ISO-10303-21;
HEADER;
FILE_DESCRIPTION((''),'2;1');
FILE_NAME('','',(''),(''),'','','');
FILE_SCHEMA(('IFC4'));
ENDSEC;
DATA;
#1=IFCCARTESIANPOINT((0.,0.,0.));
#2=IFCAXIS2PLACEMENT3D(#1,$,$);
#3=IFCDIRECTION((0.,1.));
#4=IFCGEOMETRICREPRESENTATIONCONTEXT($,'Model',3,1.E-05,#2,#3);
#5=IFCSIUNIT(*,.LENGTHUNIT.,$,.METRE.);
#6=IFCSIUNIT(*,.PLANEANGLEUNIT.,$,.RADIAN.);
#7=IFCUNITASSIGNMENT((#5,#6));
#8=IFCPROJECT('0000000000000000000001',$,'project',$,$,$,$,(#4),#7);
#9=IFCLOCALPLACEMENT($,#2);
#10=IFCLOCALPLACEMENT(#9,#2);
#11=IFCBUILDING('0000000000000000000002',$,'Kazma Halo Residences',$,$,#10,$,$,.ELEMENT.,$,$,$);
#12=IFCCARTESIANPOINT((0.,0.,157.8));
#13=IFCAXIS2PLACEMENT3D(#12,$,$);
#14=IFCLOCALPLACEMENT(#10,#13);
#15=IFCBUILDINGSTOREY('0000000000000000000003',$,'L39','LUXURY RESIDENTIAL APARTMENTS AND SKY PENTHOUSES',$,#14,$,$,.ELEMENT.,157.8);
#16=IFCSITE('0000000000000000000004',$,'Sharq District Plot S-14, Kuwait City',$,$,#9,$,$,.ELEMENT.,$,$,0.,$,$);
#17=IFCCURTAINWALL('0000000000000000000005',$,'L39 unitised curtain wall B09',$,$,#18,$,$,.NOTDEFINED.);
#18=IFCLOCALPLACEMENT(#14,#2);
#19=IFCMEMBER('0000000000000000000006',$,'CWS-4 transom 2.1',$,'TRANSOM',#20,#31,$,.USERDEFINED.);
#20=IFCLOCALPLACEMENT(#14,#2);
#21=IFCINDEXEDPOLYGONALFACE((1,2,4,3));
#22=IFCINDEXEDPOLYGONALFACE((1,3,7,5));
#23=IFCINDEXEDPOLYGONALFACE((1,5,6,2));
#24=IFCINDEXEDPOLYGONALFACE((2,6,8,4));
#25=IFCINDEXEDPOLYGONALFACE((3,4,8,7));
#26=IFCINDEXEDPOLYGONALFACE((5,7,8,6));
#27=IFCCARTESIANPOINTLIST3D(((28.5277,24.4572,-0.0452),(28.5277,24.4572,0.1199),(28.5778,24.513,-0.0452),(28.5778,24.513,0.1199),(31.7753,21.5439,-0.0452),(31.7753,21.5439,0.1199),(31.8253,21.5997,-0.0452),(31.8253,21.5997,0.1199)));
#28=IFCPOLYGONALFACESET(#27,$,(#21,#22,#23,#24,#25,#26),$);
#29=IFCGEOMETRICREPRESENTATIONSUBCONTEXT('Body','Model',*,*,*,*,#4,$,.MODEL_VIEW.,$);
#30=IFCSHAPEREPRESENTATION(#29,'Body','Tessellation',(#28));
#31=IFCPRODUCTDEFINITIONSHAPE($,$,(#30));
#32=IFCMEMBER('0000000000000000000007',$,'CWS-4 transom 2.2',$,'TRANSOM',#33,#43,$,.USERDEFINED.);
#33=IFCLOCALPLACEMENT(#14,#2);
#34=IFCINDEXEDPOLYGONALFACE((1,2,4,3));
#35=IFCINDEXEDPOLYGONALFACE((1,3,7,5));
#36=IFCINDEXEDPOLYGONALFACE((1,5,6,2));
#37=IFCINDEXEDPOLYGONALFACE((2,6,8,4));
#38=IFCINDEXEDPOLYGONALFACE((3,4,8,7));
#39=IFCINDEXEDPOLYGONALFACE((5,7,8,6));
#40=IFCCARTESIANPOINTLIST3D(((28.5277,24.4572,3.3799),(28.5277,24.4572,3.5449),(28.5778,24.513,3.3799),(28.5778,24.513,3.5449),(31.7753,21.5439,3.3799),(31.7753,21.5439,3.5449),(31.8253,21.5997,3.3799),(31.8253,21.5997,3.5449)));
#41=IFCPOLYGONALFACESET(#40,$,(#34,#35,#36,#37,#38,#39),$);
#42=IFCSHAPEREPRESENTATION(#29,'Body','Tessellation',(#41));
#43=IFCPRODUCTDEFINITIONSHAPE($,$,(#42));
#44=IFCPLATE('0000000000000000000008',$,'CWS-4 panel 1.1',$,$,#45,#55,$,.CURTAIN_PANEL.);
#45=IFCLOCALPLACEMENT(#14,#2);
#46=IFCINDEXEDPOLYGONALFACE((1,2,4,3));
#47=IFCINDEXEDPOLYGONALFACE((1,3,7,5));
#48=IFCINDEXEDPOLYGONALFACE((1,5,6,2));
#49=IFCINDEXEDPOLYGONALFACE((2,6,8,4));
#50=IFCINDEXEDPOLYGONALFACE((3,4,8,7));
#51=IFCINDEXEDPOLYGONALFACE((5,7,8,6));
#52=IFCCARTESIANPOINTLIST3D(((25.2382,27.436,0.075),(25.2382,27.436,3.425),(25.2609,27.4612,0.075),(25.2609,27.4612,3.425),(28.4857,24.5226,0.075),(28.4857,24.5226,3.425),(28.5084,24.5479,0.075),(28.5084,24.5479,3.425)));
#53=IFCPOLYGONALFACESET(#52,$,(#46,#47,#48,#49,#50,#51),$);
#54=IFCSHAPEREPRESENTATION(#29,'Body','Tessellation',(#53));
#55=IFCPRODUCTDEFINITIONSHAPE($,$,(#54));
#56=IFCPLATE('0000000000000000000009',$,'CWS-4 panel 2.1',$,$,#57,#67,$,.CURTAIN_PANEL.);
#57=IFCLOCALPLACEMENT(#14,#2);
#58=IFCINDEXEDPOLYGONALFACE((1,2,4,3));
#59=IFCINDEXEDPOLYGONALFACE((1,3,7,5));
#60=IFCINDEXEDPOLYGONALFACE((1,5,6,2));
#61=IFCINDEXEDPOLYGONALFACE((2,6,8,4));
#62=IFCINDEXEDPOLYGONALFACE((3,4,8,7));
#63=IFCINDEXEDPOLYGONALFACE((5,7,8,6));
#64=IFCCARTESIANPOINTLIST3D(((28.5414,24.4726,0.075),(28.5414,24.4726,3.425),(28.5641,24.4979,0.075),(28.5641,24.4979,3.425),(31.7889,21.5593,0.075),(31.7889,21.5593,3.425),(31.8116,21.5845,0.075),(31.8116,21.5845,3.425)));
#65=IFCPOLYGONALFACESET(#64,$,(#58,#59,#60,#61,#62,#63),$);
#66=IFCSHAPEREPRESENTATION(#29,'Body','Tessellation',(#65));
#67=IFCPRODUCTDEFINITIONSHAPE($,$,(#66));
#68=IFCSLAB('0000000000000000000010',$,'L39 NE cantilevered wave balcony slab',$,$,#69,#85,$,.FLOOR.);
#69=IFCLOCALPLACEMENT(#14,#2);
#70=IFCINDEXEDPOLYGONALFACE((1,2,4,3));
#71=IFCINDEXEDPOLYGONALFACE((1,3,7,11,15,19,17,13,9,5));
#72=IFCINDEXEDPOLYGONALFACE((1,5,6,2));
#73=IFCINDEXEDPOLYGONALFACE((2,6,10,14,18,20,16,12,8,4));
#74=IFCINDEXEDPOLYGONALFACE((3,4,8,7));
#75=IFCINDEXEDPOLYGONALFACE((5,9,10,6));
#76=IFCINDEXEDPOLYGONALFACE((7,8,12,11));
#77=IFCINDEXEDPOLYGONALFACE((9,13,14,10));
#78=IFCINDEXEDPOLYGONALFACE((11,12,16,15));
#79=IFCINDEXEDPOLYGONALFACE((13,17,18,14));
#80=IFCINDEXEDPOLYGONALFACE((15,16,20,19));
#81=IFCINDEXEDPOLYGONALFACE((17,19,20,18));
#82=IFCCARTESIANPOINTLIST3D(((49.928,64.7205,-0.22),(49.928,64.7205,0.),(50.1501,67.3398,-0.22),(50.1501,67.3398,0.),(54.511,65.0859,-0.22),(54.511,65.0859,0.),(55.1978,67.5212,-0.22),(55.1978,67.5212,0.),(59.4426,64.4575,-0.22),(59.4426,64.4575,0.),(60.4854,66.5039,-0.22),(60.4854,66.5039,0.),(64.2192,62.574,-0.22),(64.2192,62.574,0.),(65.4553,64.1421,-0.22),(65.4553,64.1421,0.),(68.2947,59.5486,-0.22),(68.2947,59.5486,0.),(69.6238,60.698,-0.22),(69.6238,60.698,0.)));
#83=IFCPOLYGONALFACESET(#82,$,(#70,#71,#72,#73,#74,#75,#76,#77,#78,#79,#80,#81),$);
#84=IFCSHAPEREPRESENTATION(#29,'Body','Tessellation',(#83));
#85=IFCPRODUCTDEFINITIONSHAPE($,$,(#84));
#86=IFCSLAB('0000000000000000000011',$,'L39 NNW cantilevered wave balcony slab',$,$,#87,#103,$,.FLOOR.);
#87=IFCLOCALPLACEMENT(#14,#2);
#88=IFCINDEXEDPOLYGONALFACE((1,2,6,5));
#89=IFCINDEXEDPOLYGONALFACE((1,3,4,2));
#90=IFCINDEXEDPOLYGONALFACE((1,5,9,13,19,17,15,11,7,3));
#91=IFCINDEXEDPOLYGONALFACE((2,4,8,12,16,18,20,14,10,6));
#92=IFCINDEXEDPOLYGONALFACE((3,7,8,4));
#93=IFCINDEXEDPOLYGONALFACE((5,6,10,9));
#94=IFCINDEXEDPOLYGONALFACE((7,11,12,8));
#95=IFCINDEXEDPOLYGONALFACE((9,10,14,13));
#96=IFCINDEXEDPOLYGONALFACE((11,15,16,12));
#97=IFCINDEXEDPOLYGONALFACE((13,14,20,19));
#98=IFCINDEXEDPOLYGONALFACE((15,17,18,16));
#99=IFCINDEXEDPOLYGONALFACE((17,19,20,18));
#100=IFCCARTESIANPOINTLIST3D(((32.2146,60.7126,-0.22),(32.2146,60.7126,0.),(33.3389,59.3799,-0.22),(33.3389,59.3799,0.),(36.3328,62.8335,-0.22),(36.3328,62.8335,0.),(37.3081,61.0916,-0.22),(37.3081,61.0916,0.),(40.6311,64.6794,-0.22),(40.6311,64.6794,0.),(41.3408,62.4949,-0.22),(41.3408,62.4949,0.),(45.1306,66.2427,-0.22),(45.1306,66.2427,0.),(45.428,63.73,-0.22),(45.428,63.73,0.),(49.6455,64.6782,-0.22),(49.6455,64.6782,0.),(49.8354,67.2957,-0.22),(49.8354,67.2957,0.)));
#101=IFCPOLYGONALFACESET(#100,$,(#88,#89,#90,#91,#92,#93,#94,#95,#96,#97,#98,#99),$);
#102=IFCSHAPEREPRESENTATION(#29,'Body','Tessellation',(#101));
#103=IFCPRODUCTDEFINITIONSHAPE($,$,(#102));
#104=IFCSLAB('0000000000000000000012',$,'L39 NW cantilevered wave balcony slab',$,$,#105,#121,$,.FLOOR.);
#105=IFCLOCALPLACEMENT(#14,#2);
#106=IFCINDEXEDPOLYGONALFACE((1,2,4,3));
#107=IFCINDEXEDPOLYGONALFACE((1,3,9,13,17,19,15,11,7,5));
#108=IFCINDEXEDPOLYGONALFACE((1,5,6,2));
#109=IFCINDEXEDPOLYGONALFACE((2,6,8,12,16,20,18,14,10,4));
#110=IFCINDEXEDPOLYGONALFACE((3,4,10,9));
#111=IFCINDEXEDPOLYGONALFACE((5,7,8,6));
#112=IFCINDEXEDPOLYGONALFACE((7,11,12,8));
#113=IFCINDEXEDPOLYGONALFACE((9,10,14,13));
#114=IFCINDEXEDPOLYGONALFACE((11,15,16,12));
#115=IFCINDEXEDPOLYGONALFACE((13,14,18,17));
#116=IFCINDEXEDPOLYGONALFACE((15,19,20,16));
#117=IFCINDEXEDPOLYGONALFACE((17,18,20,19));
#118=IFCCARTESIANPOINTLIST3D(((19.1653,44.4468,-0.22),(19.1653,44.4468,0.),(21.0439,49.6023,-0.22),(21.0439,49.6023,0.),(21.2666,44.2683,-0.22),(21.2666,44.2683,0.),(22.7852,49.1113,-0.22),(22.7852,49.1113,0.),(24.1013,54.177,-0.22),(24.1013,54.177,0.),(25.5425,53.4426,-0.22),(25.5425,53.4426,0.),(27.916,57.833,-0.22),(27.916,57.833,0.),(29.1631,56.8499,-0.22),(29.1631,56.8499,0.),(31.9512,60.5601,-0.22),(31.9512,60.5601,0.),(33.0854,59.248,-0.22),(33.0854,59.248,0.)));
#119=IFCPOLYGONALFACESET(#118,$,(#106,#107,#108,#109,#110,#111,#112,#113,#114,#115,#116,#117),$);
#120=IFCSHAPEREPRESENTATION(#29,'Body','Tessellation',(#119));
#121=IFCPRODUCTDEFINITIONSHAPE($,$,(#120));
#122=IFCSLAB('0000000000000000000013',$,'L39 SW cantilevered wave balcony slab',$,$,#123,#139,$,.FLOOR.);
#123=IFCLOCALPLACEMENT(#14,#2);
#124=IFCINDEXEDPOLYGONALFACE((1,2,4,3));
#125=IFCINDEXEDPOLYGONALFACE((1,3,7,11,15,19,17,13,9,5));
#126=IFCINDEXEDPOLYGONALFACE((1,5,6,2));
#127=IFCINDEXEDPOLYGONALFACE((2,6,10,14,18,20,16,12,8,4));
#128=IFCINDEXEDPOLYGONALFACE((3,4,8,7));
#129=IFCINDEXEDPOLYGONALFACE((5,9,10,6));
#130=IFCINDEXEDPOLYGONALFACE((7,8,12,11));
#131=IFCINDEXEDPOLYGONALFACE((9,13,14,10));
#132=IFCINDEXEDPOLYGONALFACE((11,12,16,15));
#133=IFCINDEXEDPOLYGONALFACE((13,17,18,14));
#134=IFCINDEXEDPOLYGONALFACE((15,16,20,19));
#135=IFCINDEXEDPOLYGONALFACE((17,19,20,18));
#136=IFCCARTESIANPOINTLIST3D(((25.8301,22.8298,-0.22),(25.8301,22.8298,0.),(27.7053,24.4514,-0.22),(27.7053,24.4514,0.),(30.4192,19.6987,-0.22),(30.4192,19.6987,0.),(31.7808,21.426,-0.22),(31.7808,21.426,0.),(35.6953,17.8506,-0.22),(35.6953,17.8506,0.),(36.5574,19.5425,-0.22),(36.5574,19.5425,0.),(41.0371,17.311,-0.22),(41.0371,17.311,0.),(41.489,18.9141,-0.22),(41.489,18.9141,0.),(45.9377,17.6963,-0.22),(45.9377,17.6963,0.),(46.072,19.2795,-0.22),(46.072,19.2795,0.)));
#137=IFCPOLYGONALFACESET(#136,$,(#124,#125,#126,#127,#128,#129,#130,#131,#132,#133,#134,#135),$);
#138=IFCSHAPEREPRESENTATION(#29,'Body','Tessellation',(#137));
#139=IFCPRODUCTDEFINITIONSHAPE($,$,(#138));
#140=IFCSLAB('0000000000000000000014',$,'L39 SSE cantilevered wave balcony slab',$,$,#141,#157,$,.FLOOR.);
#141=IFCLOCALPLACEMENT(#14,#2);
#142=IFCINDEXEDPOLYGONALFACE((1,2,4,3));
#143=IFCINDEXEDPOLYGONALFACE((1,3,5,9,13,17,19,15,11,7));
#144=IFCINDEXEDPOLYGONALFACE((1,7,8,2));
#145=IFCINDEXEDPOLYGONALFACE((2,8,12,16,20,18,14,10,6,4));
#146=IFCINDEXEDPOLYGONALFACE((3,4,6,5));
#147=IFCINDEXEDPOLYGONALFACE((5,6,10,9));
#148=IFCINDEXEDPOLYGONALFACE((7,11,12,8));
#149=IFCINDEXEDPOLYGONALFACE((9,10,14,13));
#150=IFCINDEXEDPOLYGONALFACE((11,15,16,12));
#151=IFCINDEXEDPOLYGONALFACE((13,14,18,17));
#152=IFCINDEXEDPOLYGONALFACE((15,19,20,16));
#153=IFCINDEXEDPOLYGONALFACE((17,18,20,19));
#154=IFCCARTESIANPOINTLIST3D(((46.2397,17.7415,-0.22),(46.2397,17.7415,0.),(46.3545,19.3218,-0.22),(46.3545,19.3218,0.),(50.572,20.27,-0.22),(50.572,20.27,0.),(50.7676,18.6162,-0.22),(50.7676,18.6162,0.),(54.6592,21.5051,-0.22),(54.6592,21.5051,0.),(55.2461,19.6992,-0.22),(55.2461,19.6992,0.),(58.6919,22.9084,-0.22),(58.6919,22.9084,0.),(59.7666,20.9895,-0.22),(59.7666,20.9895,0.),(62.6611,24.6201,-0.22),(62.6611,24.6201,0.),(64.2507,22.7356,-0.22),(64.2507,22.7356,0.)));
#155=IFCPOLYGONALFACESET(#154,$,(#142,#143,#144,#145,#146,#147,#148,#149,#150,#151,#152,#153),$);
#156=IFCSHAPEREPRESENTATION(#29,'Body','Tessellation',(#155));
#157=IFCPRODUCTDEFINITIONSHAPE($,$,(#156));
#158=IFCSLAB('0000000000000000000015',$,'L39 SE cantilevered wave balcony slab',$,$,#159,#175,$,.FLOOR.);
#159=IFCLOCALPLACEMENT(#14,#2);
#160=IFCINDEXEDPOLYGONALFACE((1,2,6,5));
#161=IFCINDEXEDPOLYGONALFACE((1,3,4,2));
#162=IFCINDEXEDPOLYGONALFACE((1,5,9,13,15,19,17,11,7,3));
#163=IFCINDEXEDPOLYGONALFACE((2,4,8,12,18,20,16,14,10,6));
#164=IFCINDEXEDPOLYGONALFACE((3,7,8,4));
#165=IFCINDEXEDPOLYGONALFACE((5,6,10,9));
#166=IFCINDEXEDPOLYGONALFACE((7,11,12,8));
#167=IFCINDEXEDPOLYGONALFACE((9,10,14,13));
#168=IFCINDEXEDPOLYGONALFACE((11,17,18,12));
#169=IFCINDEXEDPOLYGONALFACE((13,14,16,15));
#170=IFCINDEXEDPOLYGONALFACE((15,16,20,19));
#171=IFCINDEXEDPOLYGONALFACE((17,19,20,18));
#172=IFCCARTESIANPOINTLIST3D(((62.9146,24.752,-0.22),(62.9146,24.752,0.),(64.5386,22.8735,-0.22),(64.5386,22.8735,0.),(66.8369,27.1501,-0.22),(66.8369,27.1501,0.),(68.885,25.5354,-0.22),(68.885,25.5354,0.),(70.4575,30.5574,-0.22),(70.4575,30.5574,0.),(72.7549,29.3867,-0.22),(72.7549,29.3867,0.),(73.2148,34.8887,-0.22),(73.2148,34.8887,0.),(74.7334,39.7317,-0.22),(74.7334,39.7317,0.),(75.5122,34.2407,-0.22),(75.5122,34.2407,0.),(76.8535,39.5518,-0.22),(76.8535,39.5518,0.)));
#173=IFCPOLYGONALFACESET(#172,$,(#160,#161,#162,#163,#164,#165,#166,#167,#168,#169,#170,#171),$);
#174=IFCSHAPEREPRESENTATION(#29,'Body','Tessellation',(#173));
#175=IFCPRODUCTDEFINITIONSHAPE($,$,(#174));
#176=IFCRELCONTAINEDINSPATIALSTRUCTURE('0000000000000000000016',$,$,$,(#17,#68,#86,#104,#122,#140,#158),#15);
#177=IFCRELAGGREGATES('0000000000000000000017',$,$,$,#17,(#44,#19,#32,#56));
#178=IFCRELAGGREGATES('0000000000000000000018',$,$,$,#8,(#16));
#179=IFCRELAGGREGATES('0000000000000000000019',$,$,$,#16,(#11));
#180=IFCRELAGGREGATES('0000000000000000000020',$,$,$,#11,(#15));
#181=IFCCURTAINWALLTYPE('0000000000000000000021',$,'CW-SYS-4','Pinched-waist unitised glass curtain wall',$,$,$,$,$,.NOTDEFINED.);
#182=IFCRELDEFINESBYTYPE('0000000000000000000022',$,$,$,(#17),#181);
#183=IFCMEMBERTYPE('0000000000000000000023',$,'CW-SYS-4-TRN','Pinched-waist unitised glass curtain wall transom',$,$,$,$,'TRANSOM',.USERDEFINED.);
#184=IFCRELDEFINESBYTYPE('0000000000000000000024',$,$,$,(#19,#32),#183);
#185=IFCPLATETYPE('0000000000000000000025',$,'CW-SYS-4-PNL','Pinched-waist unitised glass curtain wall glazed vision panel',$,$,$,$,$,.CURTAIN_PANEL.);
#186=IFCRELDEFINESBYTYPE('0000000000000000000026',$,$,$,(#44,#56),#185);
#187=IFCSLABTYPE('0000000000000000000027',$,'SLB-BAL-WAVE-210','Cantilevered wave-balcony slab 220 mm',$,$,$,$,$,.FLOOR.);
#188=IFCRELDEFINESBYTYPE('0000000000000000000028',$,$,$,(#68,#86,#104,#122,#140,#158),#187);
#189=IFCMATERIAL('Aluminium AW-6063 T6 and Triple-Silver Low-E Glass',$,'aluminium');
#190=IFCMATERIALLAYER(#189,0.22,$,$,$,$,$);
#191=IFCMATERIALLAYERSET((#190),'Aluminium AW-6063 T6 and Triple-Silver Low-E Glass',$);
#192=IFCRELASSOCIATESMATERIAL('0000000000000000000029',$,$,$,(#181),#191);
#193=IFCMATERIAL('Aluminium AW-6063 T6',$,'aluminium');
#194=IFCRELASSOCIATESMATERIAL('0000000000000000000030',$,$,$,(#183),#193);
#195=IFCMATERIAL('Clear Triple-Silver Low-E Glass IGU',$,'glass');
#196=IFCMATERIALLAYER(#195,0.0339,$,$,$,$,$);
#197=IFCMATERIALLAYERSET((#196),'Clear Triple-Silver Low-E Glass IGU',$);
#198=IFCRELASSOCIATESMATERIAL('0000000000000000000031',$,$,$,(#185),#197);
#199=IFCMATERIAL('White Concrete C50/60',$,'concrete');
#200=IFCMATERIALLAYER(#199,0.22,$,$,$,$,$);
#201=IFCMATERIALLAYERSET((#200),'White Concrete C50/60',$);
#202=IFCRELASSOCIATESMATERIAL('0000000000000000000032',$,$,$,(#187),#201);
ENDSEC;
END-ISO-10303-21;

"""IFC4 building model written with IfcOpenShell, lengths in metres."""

from ifc_helpers import new_model, si_unit, direction, frame, origin, origin_2d, place, context, subcontext, project, spatial, polyline, rectangle, outline, extrude, material, layer, layer_set, material_profile, profile_set, type_object, element, aggregate, save


model = new_model("IFC4")

# Units and contexts
model_context = context("Model", 3, precision=1e-05, world=origin(), true_north=direction((0.0, 1.0)))
body_context = subcontext(model_context, "Body", "Model", "MODEL_VIEW")
ifc_project = project(units=[si_unit("LENGTHUNIT", "METRE"), si_unit("PLANEANGLEUNIT", "RADIAN")], contexts=[model_context])

# Site, building, storey
site_placement = place(None, origin())
site = spatial("IfcSite", under=ifc_project, at=site_placement, Name="Sharq District Plot S-14, Kuwait City", CompositionType="ELEMENT", RefElevation=0.0)
building_placement = place(site_placement, origin())
building = spatial("IfcBuilding", under=site, at=building_placement, Name="Kazma Halo Residences", CompositionType="ELEMENT")
storey_placement = place(building_placement, frame((0.0, 0.0, 157.8)))
storey = spatial("IfcBuildingStorey", under=building, at=storey_placement, Name="L39", Description="LUXURY RESIDENTIAL APARTMENTS AND SKY PENTHOUSES", CompositionType="ELEMENT", Elevation=157.8)

# Curtain wall, members, plates
ifc_material_1 = material(Name="Aluminium AW-6063 T6 and Triple-Silver Low-E Glass", Category="aluminium")
ifc_layer_1 = layer(ifc_material_1, 0.22)
ifc_layer_set_1 = layer_set([ifc_layer_1], Name="Aluminium AW-6063 T6 and Triple-Silver Low-E Glass")
curtain_wall_type = type_object("IfcCurtainWallType", Name="CW-SYS-4", Description="Pinched-waist unitised glass curtain wall", PredefinedType="NOTDEFINED", material=ifc_layer_set_1)
curtain_wall_placement = place(storey_placement, origin())
curtain_wall = element("IfcCurtainWall", 1, at=curtain_wall_placement, inside=storey, type_object=curtain_wall_type, Name="L39 unitised curtain wall B09", PredefinedType="NOTDEFINED")
ifc_material_2 = material(Name="Aluminium AW-6063 T6", Category="aluminium")
ifc_material_profile_1 = material_profile(ifc_material_2, rectangle(XDim=0.075, YDim=0.165, at=origin_2d()), Name="CWT-75x165")
ifc_profile_set_1 = profile_set([ifc_material_profile_1], Name="Aluminium AW-6063 T6")
member_type_1 = type_object("IfcMemberType", Name="CW-SYS-4-TRN", Description="Pinched-waist unitised glass curtain wall transom", ElementType="TRANSOM", PredefinedType="USERDEFINED", material=ifc_profile_set_1)
member_1_placement = place(storey_placement, frame((28.5527, 24.4851, 0.0374), z_axis=(0.744373, -0.667764, 0.0), x_axis=(0.667764, 0.744373, 0.0)))
member_1 = element("IfcMember", 2, at=member_1_placement, type_object=member_type_1, Name="CWS-4 transom 2.1", ObjectType="TRANSOM", PredefinedType="USERDEFINED", context=body_context, shape_type="SweptSolid", body=[
    extrude(rectangle(XDim=0.075, YDim=0.165, at=origin_2d()), origin(), (0.0, 0.0, 1.0), 4.3628),
])
member_2_placement = place(storey_placement, frame((28.5527, 24.4851, 3.4624), z_axis=(0.744373, -0.667764, 0.0), x_axis=(0.667764, 0.744373, 0.0)))
member_2 = element("IfcMember", 3, at=member_2_placement, type_object=member_type_1, Name="CWS-4 transom 2.2", ObjectType="TRANSOM", PredefinedType="USERDEFINED", context=body_context, shape_type="SweptSolid", body=[
    extrude(rectangle(XDim=0.075, YDim=0.165, at=origin_2d()), origin(), (0.0, 0.0, 1.0), 4.3628),
])
ifc_material_3 = material(Name="Clear Triple-Silver Low-E Glass IGU", Category="glass")
ifc_layer_2 = layer(ifc_material_3, 0.0339)
ifc_layer_set_2 = layer_set([ifc_layer_2], Name="Clear Triple-Silver Low-E Glass IGU")
plate_type = type_object("IfcPlateType", Name="CW-SYS-4-PNL", Description="Pinched-waist unitised glass curtain wall glazed vision panel", PredefinedType="CURTAIN_PANEL", material=ifc_layer_set_2)
plate_1_placement = place(storey_placement, frame((26.8733, 25.9919, 0.075), z_axis=(0.0, 0.0, 1.0), x_axis=(0.744368, -0.66777, 0.0)))
plate_1 = element("IfcPlate", 4, at=plate_1_placement, type_object=plate_type, Name="CWS-4 panel 1.1", PredefinedType="CURTAIN_PANEL", context=body_context, shape_type="SweptSolid", body=[
    extrude(rectangle(XDim=4.3628, YDim=0.0339, at=origin_2d()), origin(), (0.0, 0.0, 1.0), 3.3501),
])
plate_2_placement = place(storey_placement, frame((30.1765, 23.0286, 0.075), z_axis=(0.0, 0.0, 1.0), x_axis=(0.744368, -0.66777, 0.0)))
plate_2 = element("IfcPlate", 5, at=plate_2_placement, type_object=plate_type, Name="CWS-4 panel 2.1", PredefinedType="CURTAIN_PANEL", context=body_context, shape_type="SweptSolid", body=[
    extrude(rectangle(XDim=4.3628, YDim=0.0339, at=origin_2d()), origin(), (0.0, 0.0, 1.0), 3.3501),
])
aggregate(curtain_wall, [plate_1, member_1, member_2, plate_2])

# Slabs
ifc_material_4 = material(Name="White Concrete C50/60", Category="concrete")
ifc_layer_3 = layer(ifc_material_4, 0.22)
ifc_layer_set_3 = layer_set([ifc_layer_3], Name="White Concrete C50/60")
slab_type_1 = type_object("IfcSlabType", Name="SLB-BAL-WAVE-210", Description="Cantilevered wave-balcony slab 220 mm", PredefinedType="FLOOR", material=ifc_layer_set_3)
slab_1_placement = place(storey_placement, frame((0.0, 0.0, -0.22)))
element("IfcSlab", 6, at=slab_1_placement, inside=storey, type_object=slab_type_1, Name="L39 NE cantilevered wave balcony slab", PredefinedType="FLOOR", context=body_context, shape_type="SweptSolid", body=[
    extrude(outline(polyline([(68.2947, 59.5486), (64.2192, 62.574), (59.4426, 64.4575), (54.511, 65.0859), (49.928, 64.7205), (50.1501, 67.3398), (55.1978, 67.5212), (60.4854, 66.5039), (65.4553, 64.1421), (69.6238, 60.698), (68.2947, 59.5486)])), origin(), (0.0, 0.0, 1.0), 0.22),
])
slab_2_placement = place(storey_placement, frame((0.0, 0.0, -0.22)))
element("IfcSlab", 7, at=slab_2_placement, inside=storey, type_object=slab_type_1, Name="L39 NNW cantilevered wave balcony slab", PredefinedType="FLOOR", context=body_context, shape_type="SweptSolid", body=[
    extrude(outline(polyline([(49.6455, 64.6782), (45.428, 63.73), (41.3408, 62.4949), (37.3081, 61.0916), (33.3389, 59.3799), (32.2146, 60.7126), (36.3328, 62.8335), (40.6311, 64.6794), (45.1306, 66.2427), (49.8354, 67.2957), (49.6455, 64.6782)])), origin(), (0.0, 0.0, 1.0), 0.22),
])
slab_3_placement = place(storey_placement, frame((0.0, 0.0, -0.22)))
element("IfcSlab", 8, at=slab_3_placement, inside=storey, type_object=slab_type_1, Name="L39 NW cantilevered wave balcony slab", PredefinedType="FLOOR", context=body_context, shape_type="SweptSolid", body=[
    extrude(outline(polyline([(33.0854, 59.248), (29.1631, 56.8499), (25.5425, 53.4426), (22.7852, 49.1113), (21.2666, 44.2683), (19.1653, 44.4468), (21.0439, 49.6023), (24.1013, 54.177), (27.916, 57.833), (31.9512, 60.5601), (33.0854, 59.248)])), origin(), (0.0, 0.0, 1.0), 0.22),
])
slab_4_placement = place(storey_placement, frame((0.0, 0.0, -0.22)))
element("IfcSlab", 9, at=slab_4_placement, inside=storey, type_object=slab_type_1, Name="L39 SW cantilevered wave balcony slab", PredefinedType="FLOOR", context=body_context, shape_type="SweptSolid", body=[
    extrude(outline(polyline([(27.7053, 24.4514), (31.7808, 21.426), (36.5574, 19.5425), (41.489, 18.9141), (46.072, 19.2795), (45.9377, 17.6963), (41.0371, 17.311), (35.6953, 17.8506), (30.4192, 19.6987), (25.8301, 22.8298), (27.7053, 24.4514)])), origin(), (0.0, 0.0, 1.0), 0.22),
])
slab_5_placement = place(storey_placement, frame((0.0, 0.0, -0.22)))
element("IfcSlab", 10, at=slab_5_placement, inside=storey, type_object=slab_type_1, Name="L39 SSE cantilevered wave balcony slab", PredefinedType="FLOOR", context=body_context, shape_type="SweptSolid", body=[
    extrude(outline(polyline([(46.3545, 19.3218), (50.572, 20.27), (54.6592, 21.5051), (58.6919, 22.9084), (62.6611, 24.6201), (64.2507, 22.7356), (59.7666, 20.9895), (55.2461, 19.6992), (50.7676, 18.6162), (46.2397, 17.7415), (46.3545, 19.3218)])), origin(), (0.0, 0.0, 1.0), 0.22),
])
slab_6_placement = place(storey_placement, frame((0.0, 0.0, -0.22)))
element("IfcSlab", 11, at=slab_6_placement, inside=storey, type_object=slab_type_1, Name="L39 SE cantilevered wave balcony slab", PredefinedType="FLOOR", context=body_context, shape_type="SweptSolid", body=[
    extrude(outline(polyline([(62.9146, 24.752), (66.8369, 27.1501), (70.4575, 30.5574), (73.2148, 34.8887), (74.7334, 39.7317), (76.8535, 39.5518), (75.5122, 34.2407), (72.7549, 29.3867), (68.885, 25.5354), (64.5386, 22.8735), (62.9146, 24.752)])), origin(), (0.0, 0.0, 1.0), 0.22),
])

save(model, "model.ifc")
